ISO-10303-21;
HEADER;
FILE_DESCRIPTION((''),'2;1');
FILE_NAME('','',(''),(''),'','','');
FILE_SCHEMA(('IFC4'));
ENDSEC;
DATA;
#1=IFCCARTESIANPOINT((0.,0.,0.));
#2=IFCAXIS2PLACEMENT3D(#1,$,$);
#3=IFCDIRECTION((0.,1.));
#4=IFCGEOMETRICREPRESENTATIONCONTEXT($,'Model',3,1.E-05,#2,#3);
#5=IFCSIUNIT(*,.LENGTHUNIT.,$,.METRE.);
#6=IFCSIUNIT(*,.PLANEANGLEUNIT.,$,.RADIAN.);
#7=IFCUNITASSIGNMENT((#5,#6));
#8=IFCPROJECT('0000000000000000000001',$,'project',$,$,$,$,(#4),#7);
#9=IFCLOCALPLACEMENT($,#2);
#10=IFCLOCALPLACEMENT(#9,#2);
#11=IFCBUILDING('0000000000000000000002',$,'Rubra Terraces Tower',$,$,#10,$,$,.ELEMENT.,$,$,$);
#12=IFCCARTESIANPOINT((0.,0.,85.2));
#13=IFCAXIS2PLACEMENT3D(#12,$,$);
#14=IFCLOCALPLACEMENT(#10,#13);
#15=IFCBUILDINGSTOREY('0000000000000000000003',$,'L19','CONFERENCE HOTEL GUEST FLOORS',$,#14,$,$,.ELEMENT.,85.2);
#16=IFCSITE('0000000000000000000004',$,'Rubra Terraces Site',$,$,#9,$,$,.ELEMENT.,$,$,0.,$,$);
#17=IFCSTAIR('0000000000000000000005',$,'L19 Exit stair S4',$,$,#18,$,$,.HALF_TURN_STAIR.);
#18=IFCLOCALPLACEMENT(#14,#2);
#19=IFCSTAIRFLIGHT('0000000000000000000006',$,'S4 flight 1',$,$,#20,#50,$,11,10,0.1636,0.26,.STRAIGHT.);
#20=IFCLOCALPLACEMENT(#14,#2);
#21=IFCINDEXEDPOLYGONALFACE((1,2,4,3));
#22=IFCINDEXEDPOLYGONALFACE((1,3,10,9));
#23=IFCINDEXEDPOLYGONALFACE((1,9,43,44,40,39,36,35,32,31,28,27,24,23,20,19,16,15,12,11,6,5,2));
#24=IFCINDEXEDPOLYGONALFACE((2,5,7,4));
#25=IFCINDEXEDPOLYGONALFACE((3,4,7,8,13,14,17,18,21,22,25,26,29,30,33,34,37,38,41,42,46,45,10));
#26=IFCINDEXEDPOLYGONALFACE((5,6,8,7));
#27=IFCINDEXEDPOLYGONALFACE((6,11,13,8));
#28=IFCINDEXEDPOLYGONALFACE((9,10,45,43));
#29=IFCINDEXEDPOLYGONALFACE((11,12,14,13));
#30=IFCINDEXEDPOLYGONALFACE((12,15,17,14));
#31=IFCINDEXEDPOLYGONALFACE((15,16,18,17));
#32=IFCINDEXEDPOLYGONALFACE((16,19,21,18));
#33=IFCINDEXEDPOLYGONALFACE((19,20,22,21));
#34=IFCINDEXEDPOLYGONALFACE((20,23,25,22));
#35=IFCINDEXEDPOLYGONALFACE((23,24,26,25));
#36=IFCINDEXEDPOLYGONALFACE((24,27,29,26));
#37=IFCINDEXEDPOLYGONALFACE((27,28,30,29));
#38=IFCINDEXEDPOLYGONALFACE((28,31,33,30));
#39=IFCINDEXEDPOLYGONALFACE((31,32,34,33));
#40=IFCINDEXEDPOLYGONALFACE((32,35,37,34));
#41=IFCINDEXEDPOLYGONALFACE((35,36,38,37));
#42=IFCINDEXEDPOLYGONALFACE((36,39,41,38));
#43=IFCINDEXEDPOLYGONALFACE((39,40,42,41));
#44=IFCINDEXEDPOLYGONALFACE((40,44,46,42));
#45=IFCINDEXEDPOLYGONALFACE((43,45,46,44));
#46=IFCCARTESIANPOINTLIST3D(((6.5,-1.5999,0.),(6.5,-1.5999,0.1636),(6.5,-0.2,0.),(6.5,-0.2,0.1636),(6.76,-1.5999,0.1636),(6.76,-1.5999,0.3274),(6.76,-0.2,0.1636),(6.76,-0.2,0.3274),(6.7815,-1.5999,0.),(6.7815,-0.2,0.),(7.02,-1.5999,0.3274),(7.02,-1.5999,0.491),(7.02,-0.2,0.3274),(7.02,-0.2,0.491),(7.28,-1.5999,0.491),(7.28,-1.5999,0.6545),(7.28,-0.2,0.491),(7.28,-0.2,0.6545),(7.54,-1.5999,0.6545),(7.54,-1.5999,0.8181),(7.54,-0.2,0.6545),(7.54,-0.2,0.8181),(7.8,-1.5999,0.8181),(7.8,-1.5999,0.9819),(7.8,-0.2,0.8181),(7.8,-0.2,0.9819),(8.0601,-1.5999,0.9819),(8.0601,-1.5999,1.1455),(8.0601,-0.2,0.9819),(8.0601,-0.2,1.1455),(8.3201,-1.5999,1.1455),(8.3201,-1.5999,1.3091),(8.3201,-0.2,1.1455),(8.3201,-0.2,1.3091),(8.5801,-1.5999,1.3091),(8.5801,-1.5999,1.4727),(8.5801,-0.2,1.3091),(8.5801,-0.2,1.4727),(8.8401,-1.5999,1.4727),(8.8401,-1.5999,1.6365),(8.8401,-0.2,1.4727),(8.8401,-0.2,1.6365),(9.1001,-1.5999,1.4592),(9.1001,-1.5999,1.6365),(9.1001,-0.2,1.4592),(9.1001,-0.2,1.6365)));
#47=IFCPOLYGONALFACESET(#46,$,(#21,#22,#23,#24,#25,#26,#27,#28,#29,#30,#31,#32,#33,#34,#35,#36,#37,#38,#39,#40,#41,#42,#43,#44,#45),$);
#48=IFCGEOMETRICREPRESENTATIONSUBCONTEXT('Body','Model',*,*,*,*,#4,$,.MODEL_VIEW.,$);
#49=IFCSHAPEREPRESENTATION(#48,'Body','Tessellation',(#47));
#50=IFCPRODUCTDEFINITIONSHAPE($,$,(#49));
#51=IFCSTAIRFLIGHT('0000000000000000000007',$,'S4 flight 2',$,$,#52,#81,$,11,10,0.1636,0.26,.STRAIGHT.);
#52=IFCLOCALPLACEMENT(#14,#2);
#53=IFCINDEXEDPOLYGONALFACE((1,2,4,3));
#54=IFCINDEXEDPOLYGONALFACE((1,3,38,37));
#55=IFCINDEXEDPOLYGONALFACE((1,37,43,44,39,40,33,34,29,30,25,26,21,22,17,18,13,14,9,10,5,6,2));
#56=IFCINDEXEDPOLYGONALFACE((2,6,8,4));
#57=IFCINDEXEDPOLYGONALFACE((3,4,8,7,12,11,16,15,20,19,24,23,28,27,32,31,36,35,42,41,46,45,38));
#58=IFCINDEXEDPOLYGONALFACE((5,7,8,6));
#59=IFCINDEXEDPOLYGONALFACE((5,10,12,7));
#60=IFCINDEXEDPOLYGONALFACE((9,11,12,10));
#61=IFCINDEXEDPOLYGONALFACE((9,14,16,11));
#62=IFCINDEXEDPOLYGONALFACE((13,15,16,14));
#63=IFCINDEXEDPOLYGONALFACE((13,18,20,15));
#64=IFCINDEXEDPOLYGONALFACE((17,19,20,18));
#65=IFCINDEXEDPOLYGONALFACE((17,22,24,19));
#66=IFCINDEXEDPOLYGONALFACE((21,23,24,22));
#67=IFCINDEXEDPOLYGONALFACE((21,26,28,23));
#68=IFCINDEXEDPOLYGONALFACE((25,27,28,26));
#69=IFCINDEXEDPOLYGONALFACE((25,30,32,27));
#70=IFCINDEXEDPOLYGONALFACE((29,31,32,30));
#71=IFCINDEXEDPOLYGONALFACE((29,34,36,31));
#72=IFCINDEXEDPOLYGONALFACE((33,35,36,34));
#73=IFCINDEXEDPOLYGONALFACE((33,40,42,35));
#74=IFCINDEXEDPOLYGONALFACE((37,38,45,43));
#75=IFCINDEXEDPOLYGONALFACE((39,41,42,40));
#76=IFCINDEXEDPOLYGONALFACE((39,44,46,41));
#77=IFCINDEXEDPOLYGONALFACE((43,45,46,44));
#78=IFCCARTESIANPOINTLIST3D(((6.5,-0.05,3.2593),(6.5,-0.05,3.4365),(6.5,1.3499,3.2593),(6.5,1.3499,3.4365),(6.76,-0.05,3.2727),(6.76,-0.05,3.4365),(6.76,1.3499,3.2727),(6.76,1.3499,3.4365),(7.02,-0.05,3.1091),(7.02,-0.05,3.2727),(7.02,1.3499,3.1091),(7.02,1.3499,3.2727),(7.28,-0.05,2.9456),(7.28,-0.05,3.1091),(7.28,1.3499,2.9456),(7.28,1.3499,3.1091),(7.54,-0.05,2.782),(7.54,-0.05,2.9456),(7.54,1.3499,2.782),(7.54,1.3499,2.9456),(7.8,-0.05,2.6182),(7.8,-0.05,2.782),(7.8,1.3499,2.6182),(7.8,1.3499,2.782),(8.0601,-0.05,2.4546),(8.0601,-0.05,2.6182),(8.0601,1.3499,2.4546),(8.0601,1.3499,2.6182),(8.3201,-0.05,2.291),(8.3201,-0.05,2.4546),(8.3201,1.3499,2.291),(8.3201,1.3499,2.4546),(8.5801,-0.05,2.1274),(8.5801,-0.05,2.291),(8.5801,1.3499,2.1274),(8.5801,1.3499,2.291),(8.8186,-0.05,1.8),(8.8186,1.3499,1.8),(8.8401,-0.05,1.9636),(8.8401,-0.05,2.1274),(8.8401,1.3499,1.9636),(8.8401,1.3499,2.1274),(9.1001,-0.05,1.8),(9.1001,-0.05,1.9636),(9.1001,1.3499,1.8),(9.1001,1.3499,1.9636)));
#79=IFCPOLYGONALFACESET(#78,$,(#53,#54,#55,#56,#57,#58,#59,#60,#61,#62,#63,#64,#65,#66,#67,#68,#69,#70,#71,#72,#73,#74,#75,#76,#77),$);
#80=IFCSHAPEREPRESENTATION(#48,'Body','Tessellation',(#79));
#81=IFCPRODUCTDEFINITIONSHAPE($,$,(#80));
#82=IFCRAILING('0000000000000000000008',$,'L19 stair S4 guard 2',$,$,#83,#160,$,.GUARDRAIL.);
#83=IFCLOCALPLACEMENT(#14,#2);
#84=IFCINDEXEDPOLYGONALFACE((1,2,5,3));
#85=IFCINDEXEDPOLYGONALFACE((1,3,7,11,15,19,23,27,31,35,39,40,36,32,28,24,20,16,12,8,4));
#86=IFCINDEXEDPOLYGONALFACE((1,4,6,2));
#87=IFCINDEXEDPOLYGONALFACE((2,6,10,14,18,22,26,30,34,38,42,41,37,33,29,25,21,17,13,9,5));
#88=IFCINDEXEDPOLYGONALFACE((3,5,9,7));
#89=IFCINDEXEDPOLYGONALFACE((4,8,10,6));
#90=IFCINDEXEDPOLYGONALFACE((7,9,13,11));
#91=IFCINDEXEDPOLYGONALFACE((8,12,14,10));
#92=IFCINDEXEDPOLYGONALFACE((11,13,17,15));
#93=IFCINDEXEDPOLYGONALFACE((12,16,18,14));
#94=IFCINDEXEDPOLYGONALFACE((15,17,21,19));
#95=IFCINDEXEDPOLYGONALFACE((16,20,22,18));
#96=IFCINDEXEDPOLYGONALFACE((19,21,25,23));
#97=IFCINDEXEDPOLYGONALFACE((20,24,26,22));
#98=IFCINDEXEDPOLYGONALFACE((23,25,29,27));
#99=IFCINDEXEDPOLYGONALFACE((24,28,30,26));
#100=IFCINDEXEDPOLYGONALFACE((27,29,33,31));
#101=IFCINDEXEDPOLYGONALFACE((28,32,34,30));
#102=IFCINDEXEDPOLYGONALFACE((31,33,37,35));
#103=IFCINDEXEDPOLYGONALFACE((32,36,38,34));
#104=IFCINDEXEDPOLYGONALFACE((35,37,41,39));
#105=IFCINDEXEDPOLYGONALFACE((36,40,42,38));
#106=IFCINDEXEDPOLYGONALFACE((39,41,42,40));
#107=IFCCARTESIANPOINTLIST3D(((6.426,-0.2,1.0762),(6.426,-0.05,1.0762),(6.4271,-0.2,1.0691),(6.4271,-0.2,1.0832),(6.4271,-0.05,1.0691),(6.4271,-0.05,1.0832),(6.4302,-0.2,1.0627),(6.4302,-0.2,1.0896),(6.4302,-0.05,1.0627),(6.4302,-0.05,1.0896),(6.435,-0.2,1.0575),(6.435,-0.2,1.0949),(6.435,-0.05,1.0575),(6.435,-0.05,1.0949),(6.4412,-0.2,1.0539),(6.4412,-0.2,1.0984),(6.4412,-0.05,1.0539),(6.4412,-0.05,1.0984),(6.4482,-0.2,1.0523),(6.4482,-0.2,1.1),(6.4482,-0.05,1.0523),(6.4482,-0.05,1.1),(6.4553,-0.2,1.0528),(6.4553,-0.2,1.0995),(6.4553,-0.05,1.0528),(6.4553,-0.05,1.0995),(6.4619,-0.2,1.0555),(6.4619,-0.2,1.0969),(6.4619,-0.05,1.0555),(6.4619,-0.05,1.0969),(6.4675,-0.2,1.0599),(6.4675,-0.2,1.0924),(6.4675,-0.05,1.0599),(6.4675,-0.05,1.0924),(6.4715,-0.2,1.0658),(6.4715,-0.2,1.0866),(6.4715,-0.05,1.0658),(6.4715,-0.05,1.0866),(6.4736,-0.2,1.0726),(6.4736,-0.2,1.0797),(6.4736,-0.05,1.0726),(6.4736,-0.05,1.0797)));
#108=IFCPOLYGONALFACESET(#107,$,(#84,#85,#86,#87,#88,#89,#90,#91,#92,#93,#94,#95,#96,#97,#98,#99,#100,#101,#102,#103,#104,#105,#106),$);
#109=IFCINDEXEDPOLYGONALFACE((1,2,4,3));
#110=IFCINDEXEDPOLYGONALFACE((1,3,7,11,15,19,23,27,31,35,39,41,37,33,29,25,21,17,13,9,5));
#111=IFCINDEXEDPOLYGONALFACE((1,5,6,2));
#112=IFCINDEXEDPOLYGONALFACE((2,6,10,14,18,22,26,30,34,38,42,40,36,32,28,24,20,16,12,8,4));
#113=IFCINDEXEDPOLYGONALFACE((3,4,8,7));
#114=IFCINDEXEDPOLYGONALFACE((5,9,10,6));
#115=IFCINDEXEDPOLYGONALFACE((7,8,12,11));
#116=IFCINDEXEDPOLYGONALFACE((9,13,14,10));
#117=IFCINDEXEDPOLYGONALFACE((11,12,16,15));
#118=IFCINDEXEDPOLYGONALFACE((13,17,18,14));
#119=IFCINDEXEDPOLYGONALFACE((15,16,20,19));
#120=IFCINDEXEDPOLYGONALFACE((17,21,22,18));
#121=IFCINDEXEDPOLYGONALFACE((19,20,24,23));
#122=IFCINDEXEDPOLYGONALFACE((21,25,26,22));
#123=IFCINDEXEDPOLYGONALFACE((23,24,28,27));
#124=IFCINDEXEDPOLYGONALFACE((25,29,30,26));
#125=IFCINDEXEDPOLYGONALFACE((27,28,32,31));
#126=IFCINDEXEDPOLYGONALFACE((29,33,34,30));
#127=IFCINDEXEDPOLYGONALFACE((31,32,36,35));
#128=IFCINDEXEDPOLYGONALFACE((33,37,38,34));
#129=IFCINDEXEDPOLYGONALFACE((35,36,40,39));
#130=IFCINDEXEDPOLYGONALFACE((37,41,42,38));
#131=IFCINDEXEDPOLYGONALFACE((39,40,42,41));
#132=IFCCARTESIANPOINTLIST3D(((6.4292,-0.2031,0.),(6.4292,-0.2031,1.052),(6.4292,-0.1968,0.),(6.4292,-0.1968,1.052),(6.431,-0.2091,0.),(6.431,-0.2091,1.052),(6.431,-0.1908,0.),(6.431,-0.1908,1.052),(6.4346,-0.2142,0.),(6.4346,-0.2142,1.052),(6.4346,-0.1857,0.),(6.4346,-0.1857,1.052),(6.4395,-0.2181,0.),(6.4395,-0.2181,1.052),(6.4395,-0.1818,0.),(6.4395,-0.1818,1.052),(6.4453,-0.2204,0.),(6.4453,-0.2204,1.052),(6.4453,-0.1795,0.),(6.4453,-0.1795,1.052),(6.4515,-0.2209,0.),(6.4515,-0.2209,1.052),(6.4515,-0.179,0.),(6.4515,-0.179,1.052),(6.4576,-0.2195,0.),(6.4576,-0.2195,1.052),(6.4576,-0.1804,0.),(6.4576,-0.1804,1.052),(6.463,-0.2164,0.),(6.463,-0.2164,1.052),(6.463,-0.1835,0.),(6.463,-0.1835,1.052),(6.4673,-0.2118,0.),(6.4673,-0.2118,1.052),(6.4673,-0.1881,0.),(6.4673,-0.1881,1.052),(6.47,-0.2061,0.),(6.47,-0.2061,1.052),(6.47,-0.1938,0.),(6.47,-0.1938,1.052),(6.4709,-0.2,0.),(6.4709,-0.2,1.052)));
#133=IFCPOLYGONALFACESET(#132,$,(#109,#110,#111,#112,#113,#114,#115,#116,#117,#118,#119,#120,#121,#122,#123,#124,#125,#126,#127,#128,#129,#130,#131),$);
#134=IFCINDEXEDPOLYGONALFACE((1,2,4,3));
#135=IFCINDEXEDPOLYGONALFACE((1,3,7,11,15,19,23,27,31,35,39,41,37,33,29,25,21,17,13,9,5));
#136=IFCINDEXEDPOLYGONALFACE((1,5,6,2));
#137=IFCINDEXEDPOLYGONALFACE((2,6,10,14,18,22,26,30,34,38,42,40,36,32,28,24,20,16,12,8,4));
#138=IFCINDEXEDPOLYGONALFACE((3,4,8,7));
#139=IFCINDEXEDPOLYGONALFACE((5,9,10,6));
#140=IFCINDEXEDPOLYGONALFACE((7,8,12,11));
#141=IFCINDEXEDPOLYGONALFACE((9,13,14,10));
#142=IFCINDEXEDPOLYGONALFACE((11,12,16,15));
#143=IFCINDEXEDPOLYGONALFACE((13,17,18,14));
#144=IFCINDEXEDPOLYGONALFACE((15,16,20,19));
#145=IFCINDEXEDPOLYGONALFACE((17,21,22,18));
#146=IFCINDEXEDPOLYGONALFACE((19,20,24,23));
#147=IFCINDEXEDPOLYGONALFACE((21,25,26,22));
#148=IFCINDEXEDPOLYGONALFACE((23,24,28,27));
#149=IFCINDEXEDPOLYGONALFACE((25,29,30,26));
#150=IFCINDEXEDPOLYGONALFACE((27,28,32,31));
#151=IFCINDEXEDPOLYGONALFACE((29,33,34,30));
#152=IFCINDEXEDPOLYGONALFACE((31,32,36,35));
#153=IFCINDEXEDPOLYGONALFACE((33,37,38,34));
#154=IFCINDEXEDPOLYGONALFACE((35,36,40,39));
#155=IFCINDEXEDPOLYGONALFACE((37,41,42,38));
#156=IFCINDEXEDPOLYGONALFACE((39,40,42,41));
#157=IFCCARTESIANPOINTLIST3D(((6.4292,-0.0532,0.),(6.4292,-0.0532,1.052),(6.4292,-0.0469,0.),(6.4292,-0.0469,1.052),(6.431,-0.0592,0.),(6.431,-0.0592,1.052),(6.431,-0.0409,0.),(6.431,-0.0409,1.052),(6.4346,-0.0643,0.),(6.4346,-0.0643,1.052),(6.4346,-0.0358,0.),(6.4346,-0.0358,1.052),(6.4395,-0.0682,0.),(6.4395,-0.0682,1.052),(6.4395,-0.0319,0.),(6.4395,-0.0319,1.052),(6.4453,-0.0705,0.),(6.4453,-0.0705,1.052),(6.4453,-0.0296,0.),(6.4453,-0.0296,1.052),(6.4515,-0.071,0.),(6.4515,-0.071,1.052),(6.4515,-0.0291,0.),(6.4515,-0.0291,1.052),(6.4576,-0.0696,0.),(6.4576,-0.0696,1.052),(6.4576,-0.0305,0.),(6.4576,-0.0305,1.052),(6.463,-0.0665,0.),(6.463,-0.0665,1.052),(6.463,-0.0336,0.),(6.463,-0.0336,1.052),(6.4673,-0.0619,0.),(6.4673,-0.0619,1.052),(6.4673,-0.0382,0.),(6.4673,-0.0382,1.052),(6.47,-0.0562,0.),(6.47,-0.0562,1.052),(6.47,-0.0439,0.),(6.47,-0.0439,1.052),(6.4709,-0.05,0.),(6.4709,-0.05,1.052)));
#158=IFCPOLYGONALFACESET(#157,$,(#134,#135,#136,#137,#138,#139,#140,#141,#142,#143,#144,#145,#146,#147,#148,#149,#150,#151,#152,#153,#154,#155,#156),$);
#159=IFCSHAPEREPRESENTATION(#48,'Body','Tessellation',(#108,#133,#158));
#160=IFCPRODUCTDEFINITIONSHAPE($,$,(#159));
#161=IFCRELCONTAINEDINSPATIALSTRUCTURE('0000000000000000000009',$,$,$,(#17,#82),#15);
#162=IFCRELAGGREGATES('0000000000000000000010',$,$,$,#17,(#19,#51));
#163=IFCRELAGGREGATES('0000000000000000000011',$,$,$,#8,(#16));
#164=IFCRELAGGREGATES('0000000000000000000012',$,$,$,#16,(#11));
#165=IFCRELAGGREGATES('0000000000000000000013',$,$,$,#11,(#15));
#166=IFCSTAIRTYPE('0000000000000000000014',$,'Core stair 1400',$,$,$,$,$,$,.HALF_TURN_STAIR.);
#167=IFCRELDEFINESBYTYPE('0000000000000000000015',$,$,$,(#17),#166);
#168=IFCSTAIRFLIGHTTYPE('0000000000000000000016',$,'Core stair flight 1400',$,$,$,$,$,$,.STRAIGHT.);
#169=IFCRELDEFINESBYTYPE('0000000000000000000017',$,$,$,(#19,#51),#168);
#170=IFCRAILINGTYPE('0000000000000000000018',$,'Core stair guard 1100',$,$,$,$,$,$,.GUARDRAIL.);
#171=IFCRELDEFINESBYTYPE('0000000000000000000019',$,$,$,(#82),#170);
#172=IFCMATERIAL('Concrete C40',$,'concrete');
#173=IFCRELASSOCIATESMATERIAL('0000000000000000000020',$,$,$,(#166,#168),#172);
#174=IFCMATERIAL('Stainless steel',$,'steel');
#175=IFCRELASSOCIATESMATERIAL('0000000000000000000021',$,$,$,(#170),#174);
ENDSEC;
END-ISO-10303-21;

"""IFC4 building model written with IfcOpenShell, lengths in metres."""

from ifc_helpers import new_model, si_unit, direction, frame, origin, origin_2d, place, context, subcontext, project, spatial, polyline, circle, outline, extrude, material, type_object, element, aggregate, save


model = new_model("IFC4")

# Units and contexts
model_context = context("Model", 3, precision=1e-05, world=origin(), true_north=direction((0.0, 1.0)))
body_context = subcontext(model_context, "Body", "Model", "MODEL_VIEW")
ifc_project = project(units=[si_unit("LENGTHUNIT", "METRE"), si_unit("PLANEANGLEUNIT", "RADIAN")], contexts=[model_context])

# Site, building, storey
site_placement = place(None, origin())
site = spatial("IfcSite", under=ifc_project, at=site_placement, Name="Rubra Terraces Site", CompositionType="ELEMENT", RefElevation=0.0)
building_placement = place(site_placement, origin())
building = spatial("IfcBuilding", under=site, at=building_placement, Name="Rubra Terraces Tower", CompositionType="ELEMENT")
storey_placement = place(building_placement, frame((0.0, 0.0, 85.2)))
storey = spatial("IfcBuildingStorey", under=building, at=storey_placement, Name="L19", Description="CONFERENCE HOTEL GUEST FLOORS", CompositionType="ELEMENT", Elevation=85.2)

# Shared definitions
ifc_material_1 = material(Name="Concrete C40", Category="concrete")

# Stair, stair flights
stair_type = type_object("IfcStairType", Name="Core stair 1400", PredefinedType="HALF_TURN_STAIR", material=ifc_material_1)
stair_placement = place(storey_placement, origin())
stair = element("IfcStair", 1, at=stair_placement, inside=storey, type_object=stair_type, Name="L19 Exit stair S4", PredefinedType="HALF_TURN_STAIR")
stair_flight_type = type_object("IfcStairFlightType", Name="Core stair flight 1400", PredefinedType="STRAIGHT", material=ifc_material_1)
stair_flight_1_placement = place(storey_placement, frame((6.5, -0.8999, 0.0), z_axis=(0.0, 0.0, 1.0), x_axis=(1.0, 0.0, 0.0)))
stair_flight_1 = element("IfcStairFlight", 2, at=stair_flight_1_placement, type_object=stair_flight_type, Name="S4 flight 1", NumberOfRisers=11, NumberOfTreads=10, PredefinedType="STRAIGHT", RiserHeight=0.1636, TreadLength=0.26, context=body_context, shape_type="SweptSolid", body=[
    extrude(outline(polyline([(0.0, 0.0), (0.0, 0.1636), (0.26, 0.1636), (0.26, 0.3274), (0.52, 0.3274), (0.52, 0.491), (0.78, 0.491), (0.78, 0.6545), (1.04, 0.6545), (1.04, 0.8181), (1.3, 0.8181), (1.3, 0.9819), (1.5601, 0.9819), (1.5601, 1.1455), (1.8201, 1.1455), (1.8201, 1.3091), (2.0801, 1.3091), (2.0801, 1.4727), (2.3401, 1.4727), (2.3401, 1.6365), (2.6001, 1.6365), (2.6001, 1.8), (2.6001, 1.4592), (0.2815, 0.0), (0.0, 0.0)])), frame((0.0, 0.7, 0.0), z_axis=(0.0, -1.0, 0.0), x_axis=(1.0, 0.0, 0.0)), (0.0, 0.0, 1.0), 1.3999),
])
stair_flight_2_placement = place(storey_placement, frame((9.1001, 0.6499, 1.8), z_axis=(0.0, 0.0, 1.0), x_axis=(-1.0, 0.0, 0.0)))
stair_flight_2 = element("IfcStairFlight", 3, at=stair_flight_2_placement, type_object=stair_flight_type, Name="S4 flight 2", NumberOfRisers=11, NumberOfTreads=10, PredefinedType="STRAIGHT", RiserHeight=0.1636, TreadLength=0.26, context=body_context, shape_type="SweptSolid", body=[
    extrude(outline(polyline([(0.0, 0.0), (0.0, 0.1636), (0.26, 0.1636), (0.26, 0.3274), (0.52, 0.3274), (0.52, 0.491), (0.78, 0.491), (0.78, 0.6545), (1.04, 0.6545), (1.04, 0.8181), (1.3, 0.8181), (1.3, 0.9819), (1.5601, 0.9819), (1.5601, 1.1455), (1.8201, 1.1455), (1.8201, 1.3091), (2.0801, 1.3091), (2.0801, 1.4727), (2.3401, 1.4727), (2.3401, 1.6365), (2.6001, 1.6365), (2.6001, 1.8), (2.6001, 1.4592), (0.2815, 0.0), (0.0, 0.0)])), frame((0.0, 0.7, 0.0), z_axis=(0.0, -1.0, 0.0), x_axis=(1.0, 0.0, 0.0)), (0.0, 0.0, 1.0), 1.3999),
])
aggregate(stair, [stair_flight_1, stair_flight_2])

# Railing
ifc_material_2 = material(Name="Stainless steel", Category="steel")
railing_type_1 = type_object("IfcRailingType", Name="Core stair guard 1100", PredefinedType="GUARDRAIL", material=ifc_material_2)
railing_1_placement = place(storey_placement, frame((6.45, -0.2, 0.0)))
element("IfcRailing", 4, at=railing_1_placement, inside=storey, type_object=railing_type_1, Name="L19 stair S4 guard 2", PredefinedType="GUARDRAIL", context=body_context, shape_type="SweptSolid", body=[
    extrude(circle(Radius=0.0239, at=origin_2d()), frame((0.0, 0.0, 1.0762), z_axis=(0.0, 1.0, 0.0), x_axis=(-1.0, 0.0, 0.0)), (0.0, 0.0, 1.0), 0.1499),
    extrude(circle(Radius=0.021, at=origin_2d()), origin(), (0.0, 0.0, 1.0), 1.052),
    extrude(circle(Radius=0.021, at=origin_2d()), frame((0.0, 0.1499, 0.0)), (0.0, 0.0, 1.0), 1.052),
])

save(model, "model.ifc")
